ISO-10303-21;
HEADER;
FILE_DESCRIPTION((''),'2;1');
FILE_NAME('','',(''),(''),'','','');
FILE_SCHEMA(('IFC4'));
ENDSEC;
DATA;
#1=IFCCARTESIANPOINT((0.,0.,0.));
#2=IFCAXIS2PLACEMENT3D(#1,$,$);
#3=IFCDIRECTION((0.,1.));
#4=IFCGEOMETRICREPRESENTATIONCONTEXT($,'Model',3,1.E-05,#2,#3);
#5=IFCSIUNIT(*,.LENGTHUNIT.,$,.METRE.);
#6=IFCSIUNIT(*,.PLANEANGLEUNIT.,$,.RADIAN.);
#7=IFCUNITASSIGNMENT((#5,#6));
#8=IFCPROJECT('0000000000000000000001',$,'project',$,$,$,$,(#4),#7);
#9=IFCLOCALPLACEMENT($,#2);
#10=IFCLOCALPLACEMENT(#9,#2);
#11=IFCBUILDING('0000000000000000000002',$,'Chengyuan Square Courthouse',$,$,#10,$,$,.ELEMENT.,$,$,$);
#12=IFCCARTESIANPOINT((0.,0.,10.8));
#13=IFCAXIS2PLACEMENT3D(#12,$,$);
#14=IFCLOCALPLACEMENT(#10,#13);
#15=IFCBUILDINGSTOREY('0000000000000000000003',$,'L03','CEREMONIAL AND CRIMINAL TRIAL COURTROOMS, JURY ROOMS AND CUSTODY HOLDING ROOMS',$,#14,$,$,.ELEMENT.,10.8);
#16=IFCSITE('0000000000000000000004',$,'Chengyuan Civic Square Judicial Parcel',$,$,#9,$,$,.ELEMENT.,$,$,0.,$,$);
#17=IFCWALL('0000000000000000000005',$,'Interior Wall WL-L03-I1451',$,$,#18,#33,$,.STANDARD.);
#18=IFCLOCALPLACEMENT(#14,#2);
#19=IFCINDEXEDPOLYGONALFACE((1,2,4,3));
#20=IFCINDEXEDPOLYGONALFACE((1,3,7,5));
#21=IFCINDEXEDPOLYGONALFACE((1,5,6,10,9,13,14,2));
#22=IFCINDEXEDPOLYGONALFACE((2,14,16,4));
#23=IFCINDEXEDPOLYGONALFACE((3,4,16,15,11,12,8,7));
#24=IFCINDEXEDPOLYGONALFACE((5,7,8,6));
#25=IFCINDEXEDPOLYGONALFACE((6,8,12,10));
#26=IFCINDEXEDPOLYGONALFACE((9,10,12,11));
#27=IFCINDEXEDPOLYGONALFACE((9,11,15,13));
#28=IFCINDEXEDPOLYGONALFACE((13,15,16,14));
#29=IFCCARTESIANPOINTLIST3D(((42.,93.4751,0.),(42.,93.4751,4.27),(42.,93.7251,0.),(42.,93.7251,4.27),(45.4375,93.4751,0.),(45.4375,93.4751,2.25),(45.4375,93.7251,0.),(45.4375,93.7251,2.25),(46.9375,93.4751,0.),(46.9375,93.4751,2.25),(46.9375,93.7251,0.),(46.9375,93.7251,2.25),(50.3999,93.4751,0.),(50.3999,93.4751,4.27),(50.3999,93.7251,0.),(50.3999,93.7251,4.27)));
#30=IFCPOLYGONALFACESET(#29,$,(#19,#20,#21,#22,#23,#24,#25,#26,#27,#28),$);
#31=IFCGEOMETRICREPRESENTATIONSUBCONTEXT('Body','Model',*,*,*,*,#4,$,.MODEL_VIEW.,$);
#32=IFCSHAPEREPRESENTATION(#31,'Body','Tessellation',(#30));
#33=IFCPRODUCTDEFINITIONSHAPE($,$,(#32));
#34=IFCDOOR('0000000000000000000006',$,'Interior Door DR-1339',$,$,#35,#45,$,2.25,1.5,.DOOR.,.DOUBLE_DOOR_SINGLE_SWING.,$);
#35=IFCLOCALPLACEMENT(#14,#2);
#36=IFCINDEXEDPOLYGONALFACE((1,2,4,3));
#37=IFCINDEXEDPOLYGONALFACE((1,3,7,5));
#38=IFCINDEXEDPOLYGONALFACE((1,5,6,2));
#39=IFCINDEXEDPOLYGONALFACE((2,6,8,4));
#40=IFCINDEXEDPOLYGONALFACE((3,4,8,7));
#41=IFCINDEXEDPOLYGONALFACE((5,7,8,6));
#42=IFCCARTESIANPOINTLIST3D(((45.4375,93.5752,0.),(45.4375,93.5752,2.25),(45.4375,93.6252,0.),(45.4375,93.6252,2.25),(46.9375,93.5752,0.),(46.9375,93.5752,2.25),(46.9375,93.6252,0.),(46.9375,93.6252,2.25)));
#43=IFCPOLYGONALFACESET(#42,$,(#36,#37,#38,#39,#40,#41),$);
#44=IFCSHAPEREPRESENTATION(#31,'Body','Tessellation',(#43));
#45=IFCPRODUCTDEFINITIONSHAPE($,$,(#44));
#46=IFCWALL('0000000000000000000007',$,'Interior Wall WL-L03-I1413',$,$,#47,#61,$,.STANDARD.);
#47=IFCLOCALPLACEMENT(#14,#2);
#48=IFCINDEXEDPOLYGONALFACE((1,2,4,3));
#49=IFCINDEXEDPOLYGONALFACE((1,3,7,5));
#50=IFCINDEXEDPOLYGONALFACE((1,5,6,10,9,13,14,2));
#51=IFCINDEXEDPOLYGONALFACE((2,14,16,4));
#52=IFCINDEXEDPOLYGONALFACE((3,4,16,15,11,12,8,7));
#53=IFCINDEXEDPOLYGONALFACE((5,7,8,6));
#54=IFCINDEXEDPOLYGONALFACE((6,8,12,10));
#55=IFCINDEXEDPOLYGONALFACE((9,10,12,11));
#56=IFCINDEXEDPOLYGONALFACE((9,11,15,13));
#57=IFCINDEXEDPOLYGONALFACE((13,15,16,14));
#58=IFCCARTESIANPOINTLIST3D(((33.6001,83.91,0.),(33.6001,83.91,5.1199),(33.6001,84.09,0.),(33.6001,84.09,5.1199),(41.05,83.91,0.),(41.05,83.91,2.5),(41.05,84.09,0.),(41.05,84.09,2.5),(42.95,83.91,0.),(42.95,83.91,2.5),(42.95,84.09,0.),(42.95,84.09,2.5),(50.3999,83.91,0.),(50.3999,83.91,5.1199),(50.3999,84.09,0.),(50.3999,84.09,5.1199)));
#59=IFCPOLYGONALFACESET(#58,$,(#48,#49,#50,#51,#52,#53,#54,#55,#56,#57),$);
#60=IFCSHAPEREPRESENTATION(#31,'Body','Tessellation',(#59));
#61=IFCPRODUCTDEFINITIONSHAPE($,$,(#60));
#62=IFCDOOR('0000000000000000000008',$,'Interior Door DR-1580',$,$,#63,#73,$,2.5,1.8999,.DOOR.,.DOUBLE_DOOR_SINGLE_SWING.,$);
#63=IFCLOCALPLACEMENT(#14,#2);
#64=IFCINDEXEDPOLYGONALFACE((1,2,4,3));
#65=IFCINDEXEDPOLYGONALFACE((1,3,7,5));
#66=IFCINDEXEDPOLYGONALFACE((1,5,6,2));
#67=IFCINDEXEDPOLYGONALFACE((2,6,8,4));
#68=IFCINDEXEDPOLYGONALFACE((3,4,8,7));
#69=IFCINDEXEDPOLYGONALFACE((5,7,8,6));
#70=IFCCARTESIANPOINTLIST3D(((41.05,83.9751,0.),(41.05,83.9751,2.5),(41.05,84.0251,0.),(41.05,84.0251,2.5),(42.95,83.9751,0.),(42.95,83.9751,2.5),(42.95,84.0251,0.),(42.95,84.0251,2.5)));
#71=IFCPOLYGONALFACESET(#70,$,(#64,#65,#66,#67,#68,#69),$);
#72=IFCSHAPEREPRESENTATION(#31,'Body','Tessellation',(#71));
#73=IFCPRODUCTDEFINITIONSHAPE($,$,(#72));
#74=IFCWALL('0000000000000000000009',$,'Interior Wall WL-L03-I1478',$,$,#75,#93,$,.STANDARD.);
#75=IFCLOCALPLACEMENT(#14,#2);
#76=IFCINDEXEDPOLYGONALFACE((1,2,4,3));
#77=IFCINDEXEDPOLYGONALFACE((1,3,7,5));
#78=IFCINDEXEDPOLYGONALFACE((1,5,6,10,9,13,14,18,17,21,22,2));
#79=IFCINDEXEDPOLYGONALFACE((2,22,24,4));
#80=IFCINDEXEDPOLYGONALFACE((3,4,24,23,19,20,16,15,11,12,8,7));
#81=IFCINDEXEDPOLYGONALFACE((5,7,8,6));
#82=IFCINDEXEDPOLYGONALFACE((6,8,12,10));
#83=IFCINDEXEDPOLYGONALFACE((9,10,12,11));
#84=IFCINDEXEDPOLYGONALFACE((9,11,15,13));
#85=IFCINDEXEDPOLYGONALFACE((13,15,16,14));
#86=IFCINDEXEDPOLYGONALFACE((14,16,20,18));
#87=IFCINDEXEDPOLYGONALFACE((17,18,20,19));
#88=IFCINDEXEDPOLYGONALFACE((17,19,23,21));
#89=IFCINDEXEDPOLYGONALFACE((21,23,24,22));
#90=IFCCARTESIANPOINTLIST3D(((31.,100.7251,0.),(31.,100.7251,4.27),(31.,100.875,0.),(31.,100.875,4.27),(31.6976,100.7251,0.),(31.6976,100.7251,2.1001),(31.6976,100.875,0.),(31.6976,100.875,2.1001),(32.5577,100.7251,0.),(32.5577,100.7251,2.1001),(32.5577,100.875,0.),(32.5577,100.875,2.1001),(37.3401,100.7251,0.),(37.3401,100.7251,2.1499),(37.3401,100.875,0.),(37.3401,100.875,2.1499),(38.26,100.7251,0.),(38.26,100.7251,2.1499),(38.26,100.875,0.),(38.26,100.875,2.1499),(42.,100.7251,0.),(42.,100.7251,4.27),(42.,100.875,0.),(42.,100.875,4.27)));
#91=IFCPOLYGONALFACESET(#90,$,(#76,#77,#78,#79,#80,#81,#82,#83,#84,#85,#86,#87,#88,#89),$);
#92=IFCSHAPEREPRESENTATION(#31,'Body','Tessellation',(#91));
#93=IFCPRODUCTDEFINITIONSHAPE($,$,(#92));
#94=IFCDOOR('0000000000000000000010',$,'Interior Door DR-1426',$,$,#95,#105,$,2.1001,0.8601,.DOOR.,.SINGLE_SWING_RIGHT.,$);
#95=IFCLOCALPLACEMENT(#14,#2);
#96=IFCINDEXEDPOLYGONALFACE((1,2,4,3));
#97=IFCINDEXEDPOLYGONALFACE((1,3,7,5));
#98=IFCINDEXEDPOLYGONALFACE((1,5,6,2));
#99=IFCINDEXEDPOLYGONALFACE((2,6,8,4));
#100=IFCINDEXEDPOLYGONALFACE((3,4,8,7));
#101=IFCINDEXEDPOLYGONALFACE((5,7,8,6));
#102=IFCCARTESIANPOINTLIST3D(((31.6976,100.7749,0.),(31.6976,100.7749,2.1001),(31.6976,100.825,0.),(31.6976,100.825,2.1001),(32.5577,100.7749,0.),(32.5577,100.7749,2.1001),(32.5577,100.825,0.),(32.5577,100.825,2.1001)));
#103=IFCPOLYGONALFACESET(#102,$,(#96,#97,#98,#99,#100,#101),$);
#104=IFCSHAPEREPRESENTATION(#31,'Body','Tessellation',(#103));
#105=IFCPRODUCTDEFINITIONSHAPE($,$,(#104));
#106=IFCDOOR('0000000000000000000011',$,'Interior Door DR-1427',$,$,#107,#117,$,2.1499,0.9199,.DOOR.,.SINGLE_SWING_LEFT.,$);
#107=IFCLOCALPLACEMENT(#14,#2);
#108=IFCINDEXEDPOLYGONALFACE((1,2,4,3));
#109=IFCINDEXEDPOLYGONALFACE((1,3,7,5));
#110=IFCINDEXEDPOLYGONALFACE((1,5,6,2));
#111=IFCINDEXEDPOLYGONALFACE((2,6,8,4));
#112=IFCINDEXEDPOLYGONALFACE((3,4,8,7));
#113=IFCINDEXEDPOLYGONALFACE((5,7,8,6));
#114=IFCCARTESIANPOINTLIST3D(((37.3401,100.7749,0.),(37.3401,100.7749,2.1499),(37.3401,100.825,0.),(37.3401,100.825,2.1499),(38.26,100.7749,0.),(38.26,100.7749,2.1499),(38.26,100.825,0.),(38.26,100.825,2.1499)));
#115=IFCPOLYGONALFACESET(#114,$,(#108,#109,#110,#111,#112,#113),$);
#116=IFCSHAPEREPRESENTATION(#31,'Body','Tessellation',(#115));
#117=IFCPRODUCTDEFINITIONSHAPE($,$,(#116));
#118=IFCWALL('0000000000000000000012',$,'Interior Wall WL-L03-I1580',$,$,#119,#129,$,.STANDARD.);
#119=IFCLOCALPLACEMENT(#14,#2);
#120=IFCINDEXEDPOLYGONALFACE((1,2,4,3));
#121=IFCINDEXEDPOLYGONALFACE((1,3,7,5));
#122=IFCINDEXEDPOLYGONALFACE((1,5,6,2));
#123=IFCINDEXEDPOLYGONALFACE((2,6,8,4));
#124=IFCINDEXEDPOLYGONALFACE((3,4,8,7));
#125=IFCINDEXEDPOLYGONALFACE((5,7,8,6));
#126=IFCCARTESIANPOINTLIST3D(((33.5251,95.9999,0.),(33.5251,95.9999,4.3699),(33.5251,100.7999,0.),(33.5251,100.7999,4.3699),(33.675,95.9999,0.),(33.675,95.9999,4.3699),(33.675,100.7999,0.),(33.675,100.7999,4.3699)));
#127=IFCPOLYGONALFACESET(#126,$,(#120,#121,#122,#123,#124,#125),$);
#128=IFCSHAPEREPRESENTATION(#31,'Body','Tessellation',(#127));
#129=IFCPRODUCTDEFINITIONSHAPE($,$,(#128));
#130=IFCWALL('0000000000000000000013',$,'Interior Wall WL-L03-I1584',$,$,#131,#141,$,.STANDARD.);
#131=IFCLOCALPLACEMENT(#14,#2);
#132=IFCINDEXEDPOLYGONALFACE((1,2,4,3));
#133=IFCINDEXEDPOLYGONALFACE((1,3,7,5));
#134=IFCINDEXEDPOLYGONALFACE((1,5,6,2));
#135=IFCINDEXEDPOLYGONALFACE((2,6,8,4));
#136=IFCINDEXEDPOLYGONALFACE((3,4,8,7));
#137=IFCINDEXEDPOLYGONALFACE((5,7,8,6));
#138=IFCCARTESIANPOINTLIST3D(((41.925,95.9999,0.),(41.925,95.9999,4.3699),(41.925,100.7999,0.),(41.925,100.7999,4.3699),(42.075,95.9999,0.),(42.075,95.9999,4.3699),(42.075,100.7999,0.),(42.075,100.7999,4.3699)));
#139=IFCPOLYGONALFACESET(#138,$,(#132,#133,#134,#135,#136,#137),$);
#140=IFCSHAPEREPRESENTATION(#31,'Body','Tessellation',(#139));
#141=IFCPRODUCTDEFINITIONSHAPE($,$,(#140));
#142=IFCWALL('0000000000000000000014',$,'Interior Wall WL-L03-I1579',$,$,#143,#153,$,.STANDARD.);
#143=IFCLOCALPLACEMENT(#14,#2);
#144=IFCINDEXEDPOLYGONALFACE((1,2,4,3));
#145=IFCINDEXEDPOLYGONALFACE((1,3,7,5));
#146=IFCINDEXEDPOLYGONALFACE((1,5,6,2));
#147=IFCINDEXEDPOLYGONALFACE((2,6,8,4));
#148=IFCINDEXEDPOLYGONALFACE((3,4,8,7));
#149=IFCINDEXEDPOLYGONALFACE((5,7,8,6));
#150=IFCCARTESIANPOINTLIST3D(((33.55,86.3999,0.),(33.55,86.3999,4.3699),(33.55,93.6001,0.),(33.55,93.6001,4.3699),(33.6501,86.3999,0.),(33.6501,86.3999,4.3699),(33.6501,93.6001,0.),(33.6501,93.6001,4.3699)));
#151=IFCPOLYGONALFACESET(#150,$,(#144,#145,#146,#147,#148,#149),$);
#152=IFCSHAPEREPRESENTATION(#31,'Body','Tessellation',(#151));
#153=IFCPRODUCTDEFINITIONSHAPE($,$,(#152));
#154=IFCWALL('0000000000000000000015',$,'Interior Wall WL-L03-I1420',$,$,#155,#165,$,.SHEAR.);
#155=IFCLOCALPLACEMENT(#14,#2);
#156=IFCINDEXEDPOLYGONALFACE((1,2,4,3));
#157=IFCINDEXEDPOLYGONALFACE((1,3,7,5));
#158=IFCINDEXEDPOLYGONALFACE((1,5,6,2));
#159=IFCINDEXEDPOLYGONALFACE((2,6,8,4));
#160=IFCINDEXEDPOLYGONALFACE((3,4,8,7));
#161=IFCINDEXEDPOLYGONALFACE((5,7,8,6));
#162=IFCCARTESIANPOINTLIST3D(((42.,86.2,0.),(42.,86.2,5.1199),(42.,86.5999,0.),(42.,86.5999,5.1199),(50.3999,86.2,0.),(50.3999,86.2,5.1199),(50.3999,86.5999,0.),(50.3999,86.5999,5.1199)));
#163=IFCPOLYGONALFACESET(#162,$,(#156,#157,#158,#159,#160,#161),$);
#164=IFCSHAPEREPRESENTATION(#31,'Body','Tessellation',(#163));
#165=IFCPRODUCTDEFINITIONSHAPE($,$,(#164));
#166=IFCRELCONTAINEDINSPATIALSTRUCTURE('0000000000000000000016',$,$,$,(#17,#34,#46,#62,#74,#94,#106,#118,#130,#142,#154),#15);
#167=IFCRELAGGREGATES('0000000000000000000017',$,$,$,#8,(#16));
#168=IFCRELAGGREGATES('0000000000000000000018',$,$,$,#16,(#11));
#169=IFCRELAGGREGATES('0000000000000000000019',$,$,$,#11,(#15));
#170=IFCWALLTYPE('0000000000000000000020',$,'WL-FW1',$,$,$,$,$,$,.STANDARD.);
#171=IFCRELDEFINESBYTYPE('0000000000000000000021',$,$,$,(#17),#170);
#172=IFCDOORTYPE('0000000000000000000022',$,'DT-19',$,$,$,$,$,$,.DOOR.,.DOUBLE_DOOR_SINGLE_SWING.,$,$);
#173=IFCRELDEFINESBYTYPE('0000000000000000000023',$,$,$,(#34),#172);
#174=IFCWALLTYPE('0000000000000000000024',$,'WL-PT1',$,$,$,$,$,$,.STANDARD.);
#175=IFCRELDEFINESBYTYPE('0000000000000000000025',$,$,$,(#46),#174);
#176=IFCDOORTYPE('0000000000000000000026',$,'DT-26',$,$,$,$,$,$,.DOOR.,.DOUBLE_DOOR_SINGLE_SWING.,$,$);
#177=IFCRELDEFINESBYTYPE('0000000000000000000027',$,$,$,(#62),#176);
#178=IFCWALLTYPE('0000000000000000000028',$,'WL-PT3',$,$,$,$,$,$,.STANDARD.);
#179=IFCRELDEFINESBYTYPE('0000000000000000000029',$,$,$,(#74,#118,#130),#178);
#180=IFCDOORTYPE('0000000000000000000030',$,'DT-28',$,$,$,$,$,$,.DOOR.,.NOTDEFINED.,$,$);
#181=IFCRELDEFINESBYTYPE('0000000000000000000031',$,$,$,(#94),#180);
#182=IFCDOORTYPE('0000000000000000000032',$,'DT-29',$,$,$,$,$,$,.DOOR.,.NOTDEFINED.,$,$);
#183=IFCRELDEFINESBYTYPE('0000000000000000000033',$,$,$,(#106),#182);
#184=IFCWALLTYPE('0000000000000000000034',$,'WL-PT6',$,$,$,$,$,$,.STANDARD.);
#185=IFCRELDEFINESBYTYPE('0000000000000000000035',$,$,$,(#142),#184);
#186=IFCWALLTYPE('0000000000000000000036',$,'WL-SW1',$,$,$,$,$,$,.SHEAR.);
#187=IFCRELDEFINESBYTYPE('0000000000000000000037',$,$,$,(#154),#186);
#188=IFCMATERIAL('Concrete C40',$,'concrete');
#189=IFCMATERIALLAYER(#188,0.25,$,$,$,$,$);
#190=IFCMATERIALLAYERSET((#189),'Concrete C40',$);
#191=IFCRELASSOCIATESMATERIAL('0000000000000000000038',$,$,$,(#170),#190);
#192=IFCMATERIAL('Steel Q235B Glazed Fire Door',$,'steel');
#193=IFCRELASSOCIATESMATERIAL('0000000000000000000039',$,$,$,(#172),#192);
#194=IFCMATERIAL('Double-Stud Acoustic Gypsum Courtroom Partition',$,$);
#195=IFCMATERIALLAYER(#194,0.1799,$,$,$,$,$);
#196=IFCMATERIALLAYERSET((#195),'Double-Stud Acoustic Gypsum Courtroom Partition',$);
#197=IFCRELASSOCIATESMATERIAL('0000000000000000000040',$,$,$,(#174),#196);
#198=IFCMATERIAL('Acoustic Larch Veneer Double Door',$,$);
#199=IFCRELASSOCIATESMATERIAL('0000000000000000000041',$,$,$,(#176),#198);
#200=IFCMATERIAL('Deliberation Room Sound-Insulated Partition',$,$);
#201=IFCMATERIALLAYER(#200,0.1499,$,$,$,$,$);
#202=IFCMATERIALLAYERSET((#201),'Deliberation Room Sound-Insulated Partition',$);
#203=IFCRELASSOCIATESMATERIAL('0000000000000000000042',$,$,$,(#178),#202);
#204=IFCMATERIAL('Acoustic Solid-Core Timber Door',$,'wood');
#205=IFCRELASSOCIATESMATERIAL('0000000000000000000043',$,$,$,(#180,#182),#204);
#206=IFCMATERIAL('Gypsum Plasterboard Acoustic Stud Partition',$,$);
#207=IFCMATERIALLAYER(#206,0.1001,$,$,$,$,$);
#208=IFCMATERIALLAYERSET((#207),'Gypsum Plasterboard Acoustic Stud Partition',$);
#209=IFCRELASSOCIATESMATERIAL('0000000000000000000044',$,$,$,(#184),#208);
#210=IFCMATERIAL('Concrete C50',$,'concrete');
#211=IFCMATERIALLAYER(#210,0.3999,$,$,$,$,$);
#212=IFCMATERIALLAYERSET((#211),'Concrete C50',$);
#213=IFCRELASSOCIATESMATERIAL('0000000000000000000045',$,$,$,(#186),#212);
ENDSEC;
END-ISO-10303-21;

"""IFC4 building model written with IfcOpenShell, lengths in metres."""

from ifc_helpers import new_model, si_unit, direction, frame, frame_2d, origin, place, context, subcontext, project, spatial, rectangle, extrude, material, layer, layer_set, type_object, element, fill, save


model = new_model("IFC4")

# Units and contexts
model_context = context("Model", 3, precision=1e-05, world=origin(), true_north=direction((0.0, 1.0)))
body_context = subcontext(model_context, "Body", "Model", "MODEL_VIEW")
ifc_project = project(units=[si_unit("LENGTHUNIT", "METRE"), si_unit("PLANEANGLEUNIT", "RADIAN")], contexts=[model_context])

# Site, building, storey
site_placement = place(None, origin())
site = spatial("IfcSite", under=ifc_project, at=site_placement, Name="Chengyuan Civic Square Judicial Parcel", CompositionType="ELEMENT", RefElevation=0.0)
building_placement = place(site_placement, origin())
building = spatial("IfcBuilding", under=site, at=building_placement, Name="Chengyuan Square Courthouse", CompositionType="ELEMENT")
storey_placement = place(building_placement, frame((0.0, 0.0, 10.8)))
storey = spatial("IfcBuildingStorey", under=building, at=storey_placement, Name="L03", Description="CEREMONIAL AND CRIMINAL TRIAL COURTROOMS, JURY ROOMS AND CUSTODY HOLDING ROOMS", CompositionType="ELEMENT", Elevation=10.8)

# Shared definitions
ifc_material_1 = material(Name="Concrete C50", Category="concrete")

# Shared definitions
ifc_material_2 = material(Name="Concrete C40", Category="concrete")

# Walls, openings, doors
ifc_layer_1 = layer(ifc_material_2, 0.25)
ifc_layer_set_1 = layer_set([ifc_layer_1], Name="Concrete C40")
wall_type_1 = type_object("IfcWallType", Name="WL-FW1", PredefinedType="STANDARD", material=ifc_layer_set_1)
wall_1_placement = place(storey_placement, frame((42.0, 93.6001, 0.0), z_axis=(0.0, 0.0, 1.0), x_axis=(1.0, 0.0, 0.0)))
wall_1 = element("IfcWall", 1, at=wall_1_placement, inside=storey, type_object=wall_type_1, Name="Interior Wall WL-L03-I1451", PredefinedType="STANDARD", context=body_context, shape_type="SweptSolid", body=[
    extrude(rectangle(XDim=8.3999, YDim=0.25, at=frame_2d((4.2, 0.0))), origin(), (0.0, 0.0, 1.0), 4.27),
])
opening_1_placement = place(wall_1_placement, frame((3.4375, 0.0, 0.0)))
opening_1 = element("IfcOpeningElement", 2, at=opening_1_placement, cuts=wall_1, PredefinedType="OPENING", context=body_context, shape_type="SweptSolid", body=[
    extrude(rectangle(XDim=1.5, YDim=2.25, at=frame_2d((0.75, 1.125))), frame((0.0, 0.137, 0.0), z_axis=(0.0, -1.0, 0.0), x_axis=(1.0, 0.0, 0.0)), (0.0, 0.0, 1.0), 0.2739),
])
ifc_material_3 = material(Name="Steel Q235B Glazed Fire Door", Category="steel")
door_type_1 = type_object("IfcDoorType", Name="DT-19", OperationType="DOUBLE_DOOR_SINGLE_SWING", PredefinedType="DOOR", material=ifc_material_3)
door_1_placement = place(opening_1_placement, frame((1.5, 0.0, 0.0), z_axis=(0.0, 0.0, 1.0), x_axis=(-1.0, 0.0, 0.0)))
door_1 = element("IfcDoor", 3, at=door_1_placement, inside=storey, type_object=door_type_1, Name="Interior Door DR-1339", OperationType="DOUBLE_DOOR_SINGLE_SWING", OverallHeight=2.25, OverallWidth=1.5, PredefinedType="DOOR", context=body_context, shape_type="SweptSolid", body=[
    extrude(rectangle(XDim=1.5, YDim=2.25, at=frame_2d((0.75, 1.125))), frame((0.0, 0.0249, 0.0), z_axis=(0.0, -1.0, 0.0), x_axis=(1.0, 0.0, 0.0)), (0.0, 0.0, 1.0), 0.05),
])
fill(opening_1, door_1)
ifc_material_4 = material(Name="Double-Stud Acoustic Gypsum Courtroom Partition")
ifc_layer_2 = layer(ifc_material_4, 0.1799)
ifc_layer_set_2 = layer_set([ifc_layer_2], Name="Double-Stud Acoustic Gypsum Courtroom Partition")
wall_type_2 = type_object("IfcWallType", Name="WL-PT1", PredefinedType="STANDARD", material=ifc_layer_set_2)
wall_2_placement = place(storey_placement, frame((33.6001, 84.0, 0.0), z_axis=(0.0, 0.0, 1.0), x_axis=(1.0, 0.0, 0.0)))
wall_2 = element("IfcWall", 4, at=wall_2_placement, inside=storey, type_object=wall_type_2, Name="Interior Wall WL-L03-I1413", PredefinedType="STANDARD", context=body_context, shape_type="SweptSolid", body=[
    extrude(rectangle(XDim=16.7998, YDim=0.1799, at=frame_2d((8.3999, 0.0))), origin(), (0.0, 0.0, 1.0), 5.1199),
])
opening_2_placement = place(wall_2_placement, frame((7.45, 0.0, 0.0)))
opening_2 = element("IfcOpeningElement", 5, at=opening_2_placement, cuts=wall_2, PredefinedType="OPENING", context=body_context, shape_type="SweptSolid", body=[
    extrude(rectangle(XDim=1.8999, YDim=2.5, at=frame_2d((0.95, 1.25))), frame((0.0, 0.1021, 0.0), z_axis=(0.0, -1.0, 0.0), x_axis=(1.0, 0.0, 0.0)), (0.0, 0.0, 1.0), 0.2039),
])
ifc_material_5 = material(Name="Acoustic Larch Veneer Double Door")
door_type_2 = type_object("IfcDoorType", Name="DT-26", OperationType="DOUBLE_DOOR_SINGLE_SWING", PredefinedType="DOOR", material=ifc_material_5)
door_2_placement = place(opening_2_placement, frame((1.8999, 0.0, 0.0), z_axis=(0.0, 0.0, 1.0), x_axis=(-1.0, 0.0, 0.0)))
door_2 = element("IfcDoor", 6, at=door_2_placement, inside=storey, type_object=door_type_2, Name="Interior Door DR-1580", OperationType="DOUBLE_DOOR_SINGLE_SWING", OverallHeight=2.5, OverallWidth=1.8999, PredefinedType="DOOR", context=body_context, shape_type="SweptSolid", body=[
    extrude(rectangle(XDim=1.8999, YDim=2.5, at=frame_2d((0.95, 1.25))), frame((0.0, 0.0249, 0.0), z_axis=(0.0, -1.0, 0.0), x_axis=(1.0, 0.0, 0.0)), (0.0, 0.0, 1.0), 0.05),
])
fill(opening_2, door_2)

# Wall, openings, doors
ifc_material_6 = material(Name="Deliberation Room Sound-Insulated Partition")
ifc_layer_3 = layer(ifc_material_6, 0.1499)
ifc_layer_set_3 = layer_set([ifc_layer_3], Name="Deliberation Room Sound-Insulated Partition")
wall_type_3 = type_object("IfcWallType", Name="WL-PT3", PredefinedType="STANDARD", material=ifc_layer_set_3)
wall_3_placement = place(storey_placement, frame((31.0, 100.8, 0.0), z_axis=(0.0, 0.0, 1.0), x_axis=(1.0, 0.0, 0.0)))
wall_3 = element("IfcWall", 7, at=wall_3_placement, inside=storey, type_object=wall_type_3, Name="Interior Wall WL-L03-I1478", PredefinedType="STANDARD", context=body_context, shape_type="SweptSolid", body=[
    extrude(rectangle(XDim=11.0, YDim=0.1499, at=frame_2d((5.5, 0.0))), origin(), (0.0, 0.0, 1.0), 4.27),
])
opening_3_placement = place(wall_3_placement, frame((0.6975, 0.0, 0.0)))
opening_3 = element("IfcOpeningElement", 8, at=opening_3_placement, cuts=wall_3, PredefinedType="OPENING", context=body_context, shape_type="SweptSolid", body=[
    extrude(rectangle(XDim=0.8601, YDim=2.1001, at=frame_2d((0.4302, 1.05))), frame((0.0, 0.0869, 0.0), z_axis=(0.0, -1.0, 0.0), x_axis=(1.0, 0.0, 0.0)), (0.0, 0.0, 1.0), 0.1738),
])
opening_4_placement = place(wall_3_placement, frame((6.3401, 0.0, 0.0)))
opening_4 = element("IfcOpeningElement", 9, at=opening_4_placement, cuts=wall_3, PredefinedType="OPENING", context=body_context, shape_type="SweptSolid", body=[
    extrude(rectangle(XDim=0.9199, YDim=2.1499, at=frame_2d((0.46, 1.075))), frame((0.0, 0.0869, 0.0), z_axis=(0.0, -1.0, 0.0), x_axis=(1.0, 0.0, 0.0)), (0.0, 0.0, 1.0), 0.1738),
])
ifc_material_7 = material(Name="Acoustic Solid-Core Timber Door", Category="wood")
door_type_3 = type_object("IfcDoorType", Name="DT-28", OperationType="NOTDEFINED", PredefinedType="DOOR", material=ifc_material_7)
door_3_placement = place(opening_3_placement, origin())
door_3 = element("IfcDoor", 10, at=door_3_placement, inside=storey, type_object=door_type_3, Name="Interior Door DR-1426", OperationType="SINGLE_SWING_RIGHT", OverallHeight=2.1001, OverallWidth=0.8601, PredefinedType="DOOR", context=body_context, shape_type="SweptSolid", body=[
    extrude(rectangle(XDim=0.8601, YDim=2.1001, at=frame_2d((0.4302, 1.05))), frame((0.0, 0.0249, 0.0), z_axis=(0.0, -1.0, 0.0), x_axis=(1.0, 0.0, 0.0)), (0.0, 0.0, 1.0), 0.05),
])
fill(opening_3, door_3)
door_type_4 = type_object("IfcDoorType", Name="DT-29", OperationType="NOTDEFINED", PredefinedType="DOOR", material=ifc_material_7)
door_4_placement = place(opening_4_placement, origin())
door_4 = element("IfcDoor", 11, at=door_4_placement, inside=storey, type_object=door_type_4, Name="Interior Door DR-1427", OperationType="SINGLE_SWING_LEFT", OverallHeight=2.1499, OverallWidth=0.9199, PredefinedType="DOOR", context=body_context, shape_type="SweptSolid", body=[
    extrude(rectangle(XDim=0.9199, YDim=2.1499, at=frame_2d((0.46, 1.075))), frame((0.0, 0.0249, 0.0), z_axis=(0.0, -1.0, 0.0), x_axis=(1.0, 0.0, 0.0)), (0.0, 0.0, 1.0), 0.05),
])
fill(opening_4, door_4)

# Walls
for number, where, z_axis, x_axis, name in (
    (12, (33.6001, 96.0, 0.0), (0.0, 0.0, 1.0), (0.0, 1.0, 0.0), "Interior Wall WL-L03-I1580"),
    (13, (42.0, 96.0, 0.0), (0.0, 0.0, 1.0), (0.0, 1.0, 0.0), "Interior Wall WL-L03-I1584"),
):
    element("IfcWall", number, at=place(storey_placement, frame(where, z_axis=z_axis, x_axis=x_axis)), inside=storey, type_object=wall_type_3, Name=name, PredefinedType="STANDARD", context=body_context, shape_type="SweptSolid", body=[
        extrude(rectangle(XDim=4.8, YDim=0.1499, at=frame_2d((2.3999, 0.0))), origin(), (0.0, 0.0, 1.0), 4.3699),
    ])
ifc_material_8 = material(Name="Gypsum Plasterboard Acoustic Stud Partition")
ifc_layer_4 = layer(ifc_material_8, 0.1001)
ifc_layer_set_4 = layer_set([ifc_layer_4], Name="Gypsum Plasterboard Acoustic Stud Partition")
wall_type_4 = type_object("IfcWallType", Name="WL-PT6", PredefinedType="STANDARD", material=ifc_layer_set_4)
wall_4_placement = place(storey_placement, frame((33.6001, 86.3999, 0.0), z_axis=(0.0, 0.0, 1.0), x_axis=(0.0, 1.0, 0.0)))
element("IfcWall", 14, at=wall_4_placement, inside=storey, type_object=wall_type_4, Name="Interior Wall WL-L03-I1579", PredefinedType="STANDARD", context=body_context, shape_type="SweptSolid", body=[
    extrude(rectangle(XDim=7.2002, YDim=0.1001, at=frame_2d((3.6001, 0.0))), origin(), (0.0, 0.0, 1.0), 4.3699),
])
ifc_layer_5 = layer(ifc_material_1, 0.3999)
ifc_layer_set_5 = layer_set([ifc_layer_5], Name="Concrete C50")
wall_type_5 = type_object("IfcWallType", Name="WL-SW1", PredefinedType="SHEAR", material=ifc_layer_set_5)
wall_5_placement = place(storey_placement, frame((42.0, 86.3999, 0.0), z_axis=(0.0, 0.0, 1.0), x_axis=(1.0, 0.0, 0.0)))
element("IfcWall", 15, at=wall_5_placement, inside=storey, type_object=wall_type_5, Name="Interior Wall WL-L03-I1420", PredefinedType="SHEAR", context=body_context, shape_type="SweptSolid", body=[
    extrude(rectangle(XDim=8.3999, YDim=0.3999, at=frame_2d((4.2, 0.0))), origin(), (0.0, 0.0, 1.0), 5.1199),
])

save(model, "model.ifc")
